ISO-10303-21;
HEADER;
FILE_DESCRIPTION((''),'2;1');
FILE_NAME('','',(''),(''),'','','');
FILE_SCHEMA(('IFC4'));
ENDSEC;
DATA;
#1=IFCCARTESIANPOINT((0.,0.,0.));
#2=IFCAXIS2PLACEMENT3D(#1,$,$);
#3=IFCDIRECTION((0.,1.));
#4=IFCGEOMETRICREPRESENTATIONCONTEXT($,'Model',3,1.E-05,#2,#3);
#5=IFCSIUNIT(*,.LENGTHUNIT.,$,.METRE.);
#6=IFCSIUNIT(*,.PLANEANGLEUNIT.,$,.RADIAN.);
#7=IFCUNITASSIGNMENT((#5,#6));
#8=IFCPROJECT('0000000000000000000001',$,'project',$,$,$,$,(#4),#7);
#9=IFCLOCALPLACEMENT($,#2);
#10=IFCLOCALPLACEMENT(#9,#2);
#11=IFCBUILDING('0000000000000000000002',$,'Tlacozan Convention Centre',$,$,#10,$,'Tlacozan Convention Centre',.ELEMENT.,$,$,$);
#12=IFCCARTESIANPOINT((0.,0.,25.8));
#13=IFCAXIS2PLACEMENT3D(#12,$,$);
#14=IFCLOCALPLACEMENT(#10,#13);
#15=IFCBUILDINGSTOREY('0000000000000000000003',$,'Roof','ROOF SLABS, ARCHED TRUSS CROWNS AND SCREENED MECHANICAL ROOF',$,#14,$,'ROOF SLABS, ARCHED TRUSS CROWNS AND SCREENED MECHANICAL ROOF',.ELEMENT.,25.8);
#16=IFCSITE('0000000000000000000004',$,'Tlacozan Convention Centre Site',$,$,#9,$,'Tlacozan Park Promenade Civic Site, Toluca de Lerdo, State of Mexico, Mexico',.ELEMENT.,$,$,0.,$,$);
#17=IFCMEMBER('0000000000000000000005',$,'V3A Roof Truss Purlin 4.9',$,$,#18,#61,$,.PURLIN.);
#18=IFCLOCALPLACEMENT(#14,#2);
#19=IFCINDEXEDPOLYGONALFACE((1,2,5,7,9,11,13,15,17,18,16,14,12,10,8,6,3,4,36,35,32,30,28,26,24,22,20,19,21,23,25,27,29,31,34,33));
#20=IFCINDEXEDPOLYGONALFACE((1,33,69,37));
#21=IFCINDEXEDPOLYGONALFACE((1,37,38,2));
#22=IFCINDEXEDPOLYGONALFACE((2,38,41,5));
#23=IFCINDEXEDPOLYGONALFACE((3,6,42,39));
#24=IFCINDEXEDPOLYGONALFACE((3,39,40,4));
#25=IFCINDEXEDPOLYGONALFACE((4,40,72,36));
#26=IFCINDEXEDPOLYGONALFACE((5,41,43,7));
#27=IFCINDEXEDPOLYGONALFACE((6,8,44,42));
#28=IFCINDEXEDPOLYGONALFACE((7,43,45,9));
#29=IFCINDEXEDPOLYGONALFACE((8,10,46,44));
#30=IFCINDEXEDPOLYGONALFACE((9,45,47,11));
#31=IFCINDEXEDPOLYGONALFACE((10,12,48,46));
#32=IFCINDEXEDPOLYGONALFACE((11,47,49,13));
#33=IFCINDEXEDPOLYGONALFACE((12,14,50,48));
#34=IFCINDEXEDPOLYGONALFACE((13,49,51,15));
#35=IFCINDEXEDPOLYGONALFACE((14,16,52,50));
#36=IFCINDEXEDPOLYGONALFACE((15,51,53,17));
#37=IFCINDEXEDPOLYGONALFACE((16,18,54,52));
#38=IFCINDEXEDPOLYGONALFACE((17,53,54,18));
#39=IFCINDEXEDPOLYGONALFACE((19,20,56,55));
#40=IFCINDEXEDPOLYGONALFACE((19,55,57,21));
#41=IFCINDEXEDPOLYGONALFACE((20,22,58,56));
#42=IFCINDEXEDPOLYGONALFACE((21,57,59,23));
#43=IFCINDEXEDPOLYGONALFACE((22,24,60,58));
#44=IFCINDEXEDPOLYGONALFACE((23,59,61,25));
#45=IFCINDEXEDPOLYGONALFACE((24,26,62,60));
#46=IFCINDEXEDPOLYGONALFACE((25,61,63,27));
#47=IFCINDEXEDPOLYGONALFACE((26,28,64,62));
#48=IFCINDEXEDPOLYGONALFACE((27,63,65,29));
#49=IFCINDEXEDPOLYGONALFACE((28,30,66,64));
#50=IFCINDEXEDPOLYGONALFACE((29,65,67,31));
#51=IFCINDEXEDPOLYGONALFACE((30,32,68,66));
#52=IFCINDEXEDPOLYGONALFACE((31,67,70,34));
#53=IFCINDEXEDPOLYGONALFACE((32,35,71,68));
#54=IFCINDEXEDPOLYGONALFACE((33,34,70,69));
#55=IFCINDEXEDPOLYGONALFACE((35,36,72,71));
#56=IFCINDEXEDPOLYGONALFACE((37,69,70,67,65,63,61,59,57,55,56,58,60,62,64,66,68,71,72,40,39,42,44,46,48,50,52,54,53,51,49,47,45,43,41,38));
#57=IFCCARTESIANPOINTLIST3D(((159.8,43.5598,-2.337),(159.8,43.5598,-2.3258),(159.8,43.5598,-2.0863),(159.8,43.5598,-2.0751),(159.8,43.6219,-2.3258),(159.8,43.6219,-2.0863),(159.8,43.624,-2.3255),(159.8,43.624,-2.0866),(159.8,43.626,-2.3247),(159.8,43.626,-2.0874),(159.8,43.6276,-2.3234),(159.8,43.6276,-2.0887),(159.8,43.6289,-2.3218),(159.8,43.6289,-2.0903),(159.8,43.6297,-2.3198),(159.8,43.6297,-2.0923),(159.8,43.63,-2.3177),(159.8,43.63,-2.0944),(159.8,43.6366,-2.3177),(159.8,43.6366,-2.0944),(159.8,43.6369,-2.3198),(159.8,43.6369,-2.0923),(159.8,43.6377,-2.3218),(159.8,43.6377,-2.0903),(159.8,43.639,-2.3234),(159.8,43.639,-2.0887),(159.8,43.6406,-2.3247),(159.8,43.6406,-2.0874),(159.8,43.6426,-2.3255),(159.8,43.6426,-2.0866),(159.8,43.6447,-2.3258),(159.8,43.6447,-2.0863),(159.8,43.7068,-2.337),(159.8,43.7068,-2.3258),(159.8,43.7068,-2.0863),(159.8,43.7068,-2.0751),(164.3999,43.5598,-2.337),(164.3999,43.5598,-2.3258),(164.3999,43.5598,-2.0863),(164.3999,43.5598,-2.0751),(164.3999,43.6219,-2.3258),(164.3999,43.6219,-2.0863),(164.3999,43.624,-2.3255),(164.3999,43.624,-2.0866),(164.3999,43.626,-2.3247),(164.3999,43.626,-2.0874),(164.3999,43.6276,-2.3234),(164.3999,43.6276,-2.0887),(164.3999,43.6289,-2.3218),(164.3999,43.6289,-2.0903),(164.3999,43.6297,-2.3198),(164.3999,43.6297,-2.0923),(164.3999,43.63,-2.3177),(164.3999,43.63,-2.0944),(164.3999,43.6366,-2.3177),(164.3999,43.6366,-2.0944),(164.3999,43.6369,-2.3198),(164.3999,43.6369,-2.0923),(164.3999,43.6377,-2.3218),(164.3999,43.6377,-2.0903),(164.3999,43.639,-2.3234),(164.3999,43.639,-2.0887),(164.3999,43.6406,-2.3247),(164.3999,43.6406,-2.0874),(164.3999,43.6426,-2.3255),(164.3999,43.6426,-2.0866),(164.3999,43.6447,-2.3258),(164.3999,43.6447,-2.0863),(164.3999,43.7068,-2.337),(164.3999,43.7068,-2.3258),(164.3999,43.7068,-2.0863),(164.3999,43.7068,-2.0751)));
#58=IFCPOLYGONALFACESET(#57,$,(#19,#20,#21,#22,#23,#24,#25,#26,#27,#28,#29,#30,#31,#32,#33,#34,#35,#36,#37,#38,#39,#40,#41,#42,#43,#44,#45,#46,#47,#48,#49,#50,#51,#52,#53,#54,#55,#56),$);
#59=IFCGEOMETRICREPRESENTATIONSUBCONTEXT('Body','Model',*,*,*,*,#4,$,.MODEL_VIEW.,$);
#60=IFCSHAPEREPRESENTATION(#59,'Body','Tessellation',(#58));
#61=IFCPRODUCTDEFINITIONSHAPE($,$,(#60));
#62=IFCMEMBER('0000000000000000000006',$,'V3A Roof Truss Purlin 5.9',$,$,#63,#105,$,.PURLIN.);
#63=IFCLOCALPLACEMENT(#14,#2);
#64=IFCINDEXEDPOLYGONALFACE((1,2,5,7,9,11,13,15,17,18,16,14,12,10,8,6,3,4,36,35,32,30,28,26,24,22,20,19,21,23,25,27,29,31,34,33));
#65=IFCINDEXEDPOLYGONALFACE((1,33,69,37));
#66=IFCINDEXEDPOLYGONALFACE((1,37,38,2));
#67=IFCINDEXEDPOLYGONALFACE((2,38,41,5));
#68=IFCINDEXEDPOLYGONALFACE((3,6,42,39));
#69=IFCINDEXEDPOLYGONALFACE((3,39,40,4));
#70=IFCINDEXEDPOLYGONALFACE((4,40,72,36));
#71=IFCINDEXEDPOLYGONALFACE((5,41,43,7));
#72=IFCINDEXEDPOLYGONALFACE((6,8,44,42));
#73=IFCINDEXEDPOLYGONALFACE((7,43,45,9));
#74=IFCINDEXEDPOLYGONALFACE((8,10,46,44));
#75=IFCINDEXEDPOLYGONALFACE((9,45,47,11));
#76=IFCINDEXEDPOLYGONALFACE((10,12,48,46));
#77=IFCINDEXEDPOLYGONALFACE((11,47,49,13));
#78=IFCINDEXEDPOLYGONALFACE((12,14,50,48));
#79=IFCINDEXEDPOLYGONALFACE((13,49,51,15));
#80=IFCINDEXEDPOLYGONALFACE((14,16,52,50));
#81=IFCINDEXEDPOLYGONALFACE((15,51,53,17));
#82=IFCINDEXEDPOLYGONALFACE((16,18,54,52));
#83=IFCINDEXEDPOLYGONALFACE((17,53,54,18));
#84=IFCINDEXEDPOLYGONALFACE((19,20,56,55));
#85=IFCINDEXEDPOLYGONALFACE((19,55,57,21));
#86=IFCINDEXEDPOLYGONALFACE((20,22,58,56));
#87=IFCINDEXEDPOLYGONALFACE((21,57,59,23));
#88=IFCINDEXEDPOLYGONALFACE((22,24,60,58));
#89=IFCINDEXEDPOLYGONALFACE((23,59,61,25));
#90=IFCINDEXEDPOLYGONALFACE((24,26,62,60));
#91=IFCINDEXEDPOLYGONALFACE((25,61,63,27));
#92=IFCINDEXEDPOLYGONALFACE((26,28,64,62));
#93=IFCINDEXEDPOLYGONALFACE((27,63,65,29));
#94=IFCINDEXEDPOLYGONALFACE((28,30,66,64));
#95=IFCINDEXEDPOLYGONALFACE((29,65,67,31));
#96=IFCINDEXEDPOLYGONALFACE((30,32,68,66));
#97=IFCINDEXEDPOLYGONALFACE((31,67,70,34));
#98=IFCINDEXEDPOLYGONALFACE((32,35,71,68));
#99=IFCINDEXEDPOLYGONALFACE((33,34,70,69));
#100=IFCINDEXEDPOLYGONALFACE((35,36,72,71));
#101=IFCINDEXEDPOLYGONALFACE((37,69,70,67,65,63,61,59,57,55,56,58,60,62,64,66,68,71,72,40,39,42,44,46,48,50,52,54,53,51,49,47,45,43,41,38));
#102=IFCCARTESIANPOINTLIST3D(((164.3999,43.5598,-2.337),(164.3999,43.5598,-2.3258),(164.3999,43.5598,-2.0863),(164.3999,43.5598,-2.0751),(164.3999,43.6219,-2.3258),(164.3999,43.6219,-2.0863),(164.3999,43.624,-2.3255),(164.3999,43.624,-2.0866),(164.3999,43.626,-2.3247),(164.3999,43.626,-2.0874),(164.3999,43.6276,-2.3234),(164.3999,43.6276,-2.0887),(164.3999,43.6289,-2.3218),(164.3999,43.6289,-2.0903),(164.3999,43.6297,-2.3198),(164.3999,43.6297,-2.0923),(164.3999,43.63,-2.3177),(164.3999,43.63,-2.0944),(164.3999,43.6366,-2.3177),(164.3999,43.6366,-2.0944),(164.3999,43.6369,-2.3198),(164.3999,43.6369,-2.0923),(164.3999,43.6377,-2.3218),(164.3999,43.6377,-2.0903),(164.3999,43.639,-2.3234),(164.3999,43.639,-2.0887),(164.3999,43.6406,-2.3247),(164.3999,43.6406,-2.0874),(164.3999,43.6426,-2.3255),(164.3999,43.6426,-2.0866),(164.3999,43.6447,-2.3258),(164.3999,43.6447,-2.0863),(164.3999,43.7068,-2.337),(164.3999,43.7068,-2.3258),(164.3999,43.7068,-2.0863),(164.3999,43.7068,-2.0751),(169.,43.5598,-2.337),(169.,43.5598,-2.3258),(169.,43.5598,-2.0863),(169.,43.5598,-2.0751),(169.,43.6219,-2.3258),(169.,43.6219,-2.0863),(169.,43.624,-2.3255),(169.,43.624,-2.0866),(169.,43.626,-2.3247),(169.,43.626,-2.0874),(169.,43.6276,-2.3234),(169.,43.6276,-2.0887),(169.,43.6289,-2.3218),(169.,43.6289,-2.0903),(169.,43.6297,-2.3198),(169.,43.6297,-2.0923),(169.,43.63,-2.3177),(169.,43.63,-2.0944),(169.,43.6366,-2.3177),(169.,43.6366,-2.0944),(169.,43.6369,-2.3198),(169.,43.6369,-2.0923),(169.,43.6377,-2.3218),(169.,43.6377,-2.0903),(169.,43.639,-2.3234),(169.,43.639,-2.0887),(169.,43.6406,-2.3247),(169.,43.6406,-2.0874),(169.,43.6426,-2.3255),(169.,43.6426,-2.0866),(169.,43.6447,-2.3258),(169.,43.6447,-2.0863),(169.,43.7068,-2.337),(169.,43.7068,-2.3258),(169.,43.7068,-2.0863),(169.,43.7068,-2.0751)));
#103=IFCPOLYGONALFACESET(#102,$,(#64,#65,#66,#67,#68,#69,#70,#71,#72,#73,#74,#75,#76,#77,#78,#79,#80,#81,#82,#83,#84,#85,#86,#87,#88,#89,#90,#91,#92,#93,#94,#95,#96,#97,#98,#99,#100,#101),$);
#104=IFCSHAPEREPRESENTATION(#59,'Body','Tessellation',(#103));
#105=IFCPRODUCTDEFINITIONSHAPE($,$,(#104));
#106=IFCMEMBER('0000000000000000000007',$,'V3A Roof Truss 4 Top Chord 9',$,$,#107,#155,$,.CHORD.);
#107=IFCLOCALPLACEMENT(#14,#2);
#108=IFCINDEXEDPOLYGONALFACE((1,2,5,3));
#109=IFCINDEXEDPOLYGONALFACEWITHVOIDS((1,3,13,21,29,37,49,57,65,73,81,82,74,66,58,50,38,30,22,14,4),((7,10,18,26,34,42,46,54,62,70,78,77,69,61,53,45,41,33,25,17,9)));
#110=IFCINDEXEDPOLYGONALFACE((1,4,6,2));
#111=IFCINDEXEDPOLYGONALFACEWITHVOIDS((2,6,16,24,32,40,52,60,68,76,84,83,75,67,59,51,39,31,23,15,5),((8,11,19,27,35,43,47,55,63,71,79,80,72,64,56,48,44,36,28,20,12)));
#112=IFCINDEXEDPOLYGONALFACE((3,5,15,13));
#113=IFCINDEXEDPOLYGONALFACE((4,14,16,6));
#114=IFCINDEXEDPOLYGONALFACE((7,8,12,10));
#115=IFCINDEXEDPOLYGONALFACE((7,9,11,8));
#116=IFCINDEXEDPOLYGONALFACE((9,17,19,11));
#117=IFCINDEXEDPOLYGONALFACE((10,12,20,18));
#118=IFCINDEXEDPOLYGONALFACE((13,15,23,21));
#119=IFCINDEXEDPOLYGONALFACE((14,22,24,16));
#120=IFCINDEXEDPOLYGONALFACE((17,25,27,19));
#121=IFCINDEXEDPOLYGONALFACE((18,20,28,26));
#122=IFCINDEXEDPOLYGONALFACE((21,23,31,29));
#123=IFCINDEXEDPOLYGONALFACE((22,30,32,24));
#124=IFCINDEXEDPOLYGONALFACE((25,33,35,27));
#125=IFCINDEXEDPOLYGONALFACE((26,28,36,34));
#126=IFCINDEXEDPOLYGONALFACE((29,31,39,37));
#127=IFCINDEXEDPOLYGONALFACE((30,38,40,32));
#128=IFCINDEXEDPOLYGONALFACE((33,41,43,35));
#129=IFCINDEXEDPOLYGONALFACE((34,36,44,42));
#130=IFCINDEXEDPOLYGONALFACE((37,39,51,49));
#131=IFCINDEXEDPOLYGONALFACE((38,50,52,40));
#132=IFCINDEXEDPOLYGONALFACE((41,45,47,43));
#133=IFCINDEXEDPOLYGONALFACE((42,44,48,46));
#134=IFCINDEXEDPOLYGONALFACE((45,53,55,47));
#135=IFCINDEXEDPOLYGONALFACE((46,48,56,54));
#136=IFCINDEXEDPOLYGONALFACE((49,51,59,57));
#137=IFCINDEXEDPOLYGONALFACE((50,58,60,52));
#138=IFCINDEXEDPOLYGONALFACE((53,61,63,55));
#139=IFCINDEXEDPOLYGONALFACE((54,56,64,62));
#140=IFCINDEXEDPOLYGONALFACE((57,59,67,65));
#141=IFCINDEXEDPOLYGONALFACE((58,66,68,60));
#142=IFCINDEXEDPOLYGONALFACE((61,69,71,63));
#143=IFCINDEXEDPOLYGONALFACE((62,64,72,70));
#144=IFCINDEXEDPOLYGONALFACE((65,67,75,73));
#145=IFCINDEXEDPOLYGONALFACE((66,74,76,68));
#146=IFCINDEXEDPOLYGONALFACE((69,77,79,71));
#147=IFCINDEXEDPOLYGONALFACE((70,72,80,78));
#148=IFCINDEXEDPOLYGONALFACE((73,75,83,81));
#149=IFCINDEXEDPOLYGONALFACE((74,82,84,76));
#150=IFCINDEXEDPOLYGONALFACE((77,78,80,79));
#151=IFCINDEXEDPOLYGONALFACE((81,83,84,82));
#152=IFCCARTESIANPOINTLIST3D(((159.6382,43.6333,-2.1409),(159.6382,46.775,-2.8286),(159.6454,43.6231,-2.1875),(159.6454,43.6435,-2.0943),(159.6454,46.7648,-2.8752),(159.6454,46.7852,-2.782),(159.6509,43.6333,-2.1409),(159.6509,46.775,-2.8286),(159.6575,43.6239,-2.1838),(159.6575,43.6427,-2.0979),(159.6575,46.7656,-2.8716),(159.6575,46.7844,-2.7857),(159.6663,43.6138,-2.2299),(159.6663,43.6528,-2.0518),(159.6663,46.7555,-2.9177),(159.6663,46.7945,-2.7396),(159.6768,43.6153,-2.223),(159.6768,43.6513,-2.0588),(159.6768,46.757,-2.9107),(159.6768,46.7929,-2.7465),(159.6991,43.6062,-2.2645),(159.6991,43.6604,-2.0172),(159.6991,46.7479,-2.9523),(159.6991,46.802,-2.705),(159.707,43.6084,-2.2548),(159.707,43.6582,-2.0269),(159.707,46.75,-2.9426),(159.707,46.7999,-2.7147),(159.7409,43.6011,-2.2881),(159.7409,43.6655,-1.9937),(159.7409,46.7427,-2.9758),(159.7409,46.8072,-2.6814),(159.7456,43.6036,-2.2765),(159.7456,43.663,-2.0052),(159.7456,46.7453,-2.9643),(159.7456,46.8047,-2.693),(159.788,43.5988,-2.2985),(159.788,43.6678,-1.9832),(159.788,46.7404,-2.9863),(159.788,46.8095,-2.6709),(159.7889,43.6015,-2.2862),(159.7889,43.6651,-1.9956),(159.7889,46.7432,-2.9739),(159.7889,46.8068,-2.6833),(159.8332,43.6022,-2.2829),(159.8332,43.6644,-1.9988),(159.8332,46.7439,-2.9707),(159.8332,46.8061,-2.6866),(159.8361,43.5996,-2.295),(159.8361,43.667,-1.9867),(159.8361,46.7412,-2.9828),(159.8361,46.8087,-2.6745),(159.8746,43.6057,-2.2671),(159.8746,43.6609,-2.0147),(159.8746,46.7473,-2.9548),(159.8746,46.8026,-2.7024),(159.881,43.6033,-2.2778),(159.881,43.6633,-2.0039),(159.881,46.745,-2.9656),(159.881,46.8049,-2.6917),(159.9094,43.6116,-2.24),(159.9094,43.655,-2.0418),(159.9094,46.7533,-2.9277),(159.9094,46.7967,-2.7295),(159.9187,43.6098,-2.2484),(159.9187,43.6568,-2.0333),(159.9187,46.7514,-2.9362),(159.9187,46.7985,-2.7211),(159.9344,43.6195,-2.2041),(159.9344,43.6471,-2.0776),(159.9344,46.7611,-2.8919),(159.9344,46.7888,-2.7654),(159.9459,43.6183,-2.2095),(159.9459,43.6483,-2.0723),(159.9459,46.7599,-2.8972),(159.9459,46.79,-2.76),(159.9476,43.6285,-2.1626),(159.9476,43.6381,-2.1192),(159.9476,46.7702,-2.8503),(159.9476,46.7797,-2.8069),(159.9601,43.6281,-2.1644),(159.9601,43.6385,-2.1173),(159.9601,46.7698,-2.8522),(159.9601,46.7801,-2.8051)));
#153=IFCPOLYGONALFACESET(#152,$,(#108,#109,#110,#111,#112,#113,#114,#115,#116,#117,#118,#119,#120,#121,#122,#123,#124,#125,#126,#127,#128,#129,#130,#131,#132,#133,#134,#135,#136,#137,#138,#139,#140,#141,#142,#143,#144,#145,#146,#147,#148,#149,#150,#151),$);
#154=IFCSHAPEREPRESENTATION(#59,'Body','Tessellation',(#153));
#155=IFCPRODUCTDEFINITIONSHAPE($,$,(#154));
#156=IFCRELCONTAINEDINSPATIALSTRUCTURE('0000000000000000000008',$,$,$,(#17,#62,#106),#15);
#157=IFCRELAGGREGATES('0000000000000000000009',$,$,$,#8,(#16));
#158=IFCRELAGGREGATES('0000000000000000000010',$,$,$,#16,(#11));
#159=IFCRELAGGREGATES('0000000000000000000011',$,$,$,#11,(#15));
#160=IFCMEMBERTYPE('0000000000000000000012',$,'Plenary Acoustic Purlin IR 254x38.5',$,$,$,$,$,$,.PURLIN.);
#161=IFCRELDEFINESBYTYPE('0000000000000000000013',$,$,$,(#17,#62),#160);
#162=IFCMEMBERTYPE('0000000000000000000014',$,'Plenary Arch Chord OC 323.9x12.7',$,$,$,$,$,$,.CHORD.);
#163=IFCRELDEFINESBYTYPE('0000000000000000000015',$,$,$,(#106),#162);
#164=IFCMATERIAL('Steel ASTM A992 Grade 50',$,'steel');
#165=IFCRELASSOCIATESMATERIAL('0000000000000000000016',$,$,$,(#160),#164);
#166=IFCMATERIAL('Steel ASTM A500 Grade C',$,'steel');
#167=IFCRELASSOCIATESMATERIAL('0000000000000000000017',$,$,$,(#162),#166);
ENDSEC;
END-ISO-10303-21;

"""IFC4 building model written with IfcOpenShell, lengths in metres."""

from ifc_helpers import new_model, si_unit, direction, frame, origin, origin_2d, place, context, subcontext, project, spatial, hollow_circle, i_section, extrude, material, material_profile, profile_set, type_object, element, save


model = new_model("IFC4")

# Units and contexts
model_context = context("Model", 3, precision=1e-05, world=origin(), true_north=direction((0.0, 1.0)))
body_context = subcontext(model_context, "Body", "Model", "MODEL_VIEW")
ifc_project = project(units=[si_unit("LENGTHUNIT", "METRE"), si_unit("PLANEANGLEUNIT", "RADIAN")], contexts=[model_context])

# Site, building, storey
site_placement = place(None, origin())
site = spatial("IfcSite", under=ifc_project, at=site_placement, Name="Tlacozan Convention Centre Site", LongName="Tlacozan Park Promenade Civic Site, Toluca de Lerdo, State of Mexico, Mexico", CompositionType="ELEMENT", RefElevation=0.0)
building_placement = place(site_placement, origin())
building = spatial("IfcBuilding", under=site, at=building_placement, Name="Tlacozan Convention Centre", LongName="Tlacozan Convention Centre", CompositionType="ELEMENT")
storey_placement = place(building_placement, frame((0.0, 0.0, 25.8)))
storey = spatial("IfcBuildingStorey", under=building, at=storey_placement, Name="Roof", Description="ROOF SLABS, ARCHED TRUSS CROWNS AND SCREENED MECHANICAL ROOF", LongName="ROOF SLABS, ARCHED TRUSS CROWNS AND SCREENED MECHANICAL ROOF", CompositionType="ELEMENT", Elevation=25.8)

# Members
ifc_material_1 = material(Name="Steel ASTM A992 Grade 50", Category="steel")
ifc_material_profile_1 = material_profile(ifc_material_1, i_section(OverallWidth=0.147, OverallDepth=0.262, WebThickness=0.0066, FlangeThickness=0.0112, FilletRadius=0.0081, at=origin_2d()), Name="IR 254x38.5")
ifc_profile_set_1 = profile_set([ifc_material_profile_1], Name="Steel ASTM A992 Grade 50")
member_type_1 = type_object("IfcMemberType", Name="Plenary Acoustic Purlin IR 254x38.5", PredefinedType="PURLIN", material=ifc_profile_set_1)
member_1_placement = place(storey_placement, frame((159.8, 43.6333, -2.2061), z_axis=(1.0, 0.0, 0.0), x_axis=(0.0, 1.0, 0.0)))
element("IfcMember", 1, at=member_1_placement, inside=storey, type_object=member_type_1, Name="V3A Roof Truss Purlin 4.9", PredefinedType="PURLIN", context=body_context, shape_type="SweptSolid", body=[
    extrude(i_section(OverallWidth=0.147, OverallDepth=0.262, WebThickness=0.0066, FlangeThickness=0.0112, FilletRadius=0.0081, at=origin_2d()), origin(), (0.0, 0.0, 1.0), 4.5999),
])
member_2_placement = place(storey_placement, frame((164.3999, 43.6333, -2.2061), z_axis=(1.0, 0.0, 0.0), x_axis=(0.0, 1.0, 0.0)))
element("IfcMember", 2, at=member_2_placement, inside=storey, type_object=member_type_1, Name="V3A Roof Truss Purlin 5.9", PredefinedType="PURLIN", context=body_context, shape_type="SweptSolid", body=[
    extrude(i_section(OverallWidth=0.147, OverallDepth=0.262, WebThickness=0.0066, FlangeThickness=0.0112, FilletRadius=0.0081, at=origin_2d()), origin(), (0.0, 0.0, 1.0), 4.6001),
])
ifc_material_2 = material(Name="Steel ASTM A500 Grade C", Category="steel")
ifc_material_profile_2 = material_profile(ifc_material_2, hollow_circle(Radius=0.1619, WallThickness=0.0127, at=origin_2d()), Name="OC 323.9x12.7")
ifc_profile_set_2 = profile_set([ifc_material_profile_2], Name="Steel ASTM A500 Grade C")
member_type_2 = type_object("IfcMemberType", Name="Plenary Arch Chord OC 323.9x12.7", PredefinedType="CHORD", material=ifc_profile_set_2)
for number, where, z_axis, x_axis, name in (
    (3, (159.8, 43.6333, -2.1409), (0.0, 0.976866, -0.213851), (-1.0, 0.0, 0.0), "V3A Roof Truss 4 Top Chord 9"),
):
    element("IfcMember", number, at=place(storey_placement, frame(where, z_axis=z_axis, x_axis=x_axis)), inside=storey, type_object=member_type_2, Name=name, PredefinedType="CHORD", context=body_context, shape_type="SweptSolid", body=[
        extrude(hollow_circle(Radius=0.1619, WallThickness=0.0127, at=origin_2d()), origin(), (0.0, 0.0, 1.0), 3.2161),
    ])

save(model, "model.ifc")
